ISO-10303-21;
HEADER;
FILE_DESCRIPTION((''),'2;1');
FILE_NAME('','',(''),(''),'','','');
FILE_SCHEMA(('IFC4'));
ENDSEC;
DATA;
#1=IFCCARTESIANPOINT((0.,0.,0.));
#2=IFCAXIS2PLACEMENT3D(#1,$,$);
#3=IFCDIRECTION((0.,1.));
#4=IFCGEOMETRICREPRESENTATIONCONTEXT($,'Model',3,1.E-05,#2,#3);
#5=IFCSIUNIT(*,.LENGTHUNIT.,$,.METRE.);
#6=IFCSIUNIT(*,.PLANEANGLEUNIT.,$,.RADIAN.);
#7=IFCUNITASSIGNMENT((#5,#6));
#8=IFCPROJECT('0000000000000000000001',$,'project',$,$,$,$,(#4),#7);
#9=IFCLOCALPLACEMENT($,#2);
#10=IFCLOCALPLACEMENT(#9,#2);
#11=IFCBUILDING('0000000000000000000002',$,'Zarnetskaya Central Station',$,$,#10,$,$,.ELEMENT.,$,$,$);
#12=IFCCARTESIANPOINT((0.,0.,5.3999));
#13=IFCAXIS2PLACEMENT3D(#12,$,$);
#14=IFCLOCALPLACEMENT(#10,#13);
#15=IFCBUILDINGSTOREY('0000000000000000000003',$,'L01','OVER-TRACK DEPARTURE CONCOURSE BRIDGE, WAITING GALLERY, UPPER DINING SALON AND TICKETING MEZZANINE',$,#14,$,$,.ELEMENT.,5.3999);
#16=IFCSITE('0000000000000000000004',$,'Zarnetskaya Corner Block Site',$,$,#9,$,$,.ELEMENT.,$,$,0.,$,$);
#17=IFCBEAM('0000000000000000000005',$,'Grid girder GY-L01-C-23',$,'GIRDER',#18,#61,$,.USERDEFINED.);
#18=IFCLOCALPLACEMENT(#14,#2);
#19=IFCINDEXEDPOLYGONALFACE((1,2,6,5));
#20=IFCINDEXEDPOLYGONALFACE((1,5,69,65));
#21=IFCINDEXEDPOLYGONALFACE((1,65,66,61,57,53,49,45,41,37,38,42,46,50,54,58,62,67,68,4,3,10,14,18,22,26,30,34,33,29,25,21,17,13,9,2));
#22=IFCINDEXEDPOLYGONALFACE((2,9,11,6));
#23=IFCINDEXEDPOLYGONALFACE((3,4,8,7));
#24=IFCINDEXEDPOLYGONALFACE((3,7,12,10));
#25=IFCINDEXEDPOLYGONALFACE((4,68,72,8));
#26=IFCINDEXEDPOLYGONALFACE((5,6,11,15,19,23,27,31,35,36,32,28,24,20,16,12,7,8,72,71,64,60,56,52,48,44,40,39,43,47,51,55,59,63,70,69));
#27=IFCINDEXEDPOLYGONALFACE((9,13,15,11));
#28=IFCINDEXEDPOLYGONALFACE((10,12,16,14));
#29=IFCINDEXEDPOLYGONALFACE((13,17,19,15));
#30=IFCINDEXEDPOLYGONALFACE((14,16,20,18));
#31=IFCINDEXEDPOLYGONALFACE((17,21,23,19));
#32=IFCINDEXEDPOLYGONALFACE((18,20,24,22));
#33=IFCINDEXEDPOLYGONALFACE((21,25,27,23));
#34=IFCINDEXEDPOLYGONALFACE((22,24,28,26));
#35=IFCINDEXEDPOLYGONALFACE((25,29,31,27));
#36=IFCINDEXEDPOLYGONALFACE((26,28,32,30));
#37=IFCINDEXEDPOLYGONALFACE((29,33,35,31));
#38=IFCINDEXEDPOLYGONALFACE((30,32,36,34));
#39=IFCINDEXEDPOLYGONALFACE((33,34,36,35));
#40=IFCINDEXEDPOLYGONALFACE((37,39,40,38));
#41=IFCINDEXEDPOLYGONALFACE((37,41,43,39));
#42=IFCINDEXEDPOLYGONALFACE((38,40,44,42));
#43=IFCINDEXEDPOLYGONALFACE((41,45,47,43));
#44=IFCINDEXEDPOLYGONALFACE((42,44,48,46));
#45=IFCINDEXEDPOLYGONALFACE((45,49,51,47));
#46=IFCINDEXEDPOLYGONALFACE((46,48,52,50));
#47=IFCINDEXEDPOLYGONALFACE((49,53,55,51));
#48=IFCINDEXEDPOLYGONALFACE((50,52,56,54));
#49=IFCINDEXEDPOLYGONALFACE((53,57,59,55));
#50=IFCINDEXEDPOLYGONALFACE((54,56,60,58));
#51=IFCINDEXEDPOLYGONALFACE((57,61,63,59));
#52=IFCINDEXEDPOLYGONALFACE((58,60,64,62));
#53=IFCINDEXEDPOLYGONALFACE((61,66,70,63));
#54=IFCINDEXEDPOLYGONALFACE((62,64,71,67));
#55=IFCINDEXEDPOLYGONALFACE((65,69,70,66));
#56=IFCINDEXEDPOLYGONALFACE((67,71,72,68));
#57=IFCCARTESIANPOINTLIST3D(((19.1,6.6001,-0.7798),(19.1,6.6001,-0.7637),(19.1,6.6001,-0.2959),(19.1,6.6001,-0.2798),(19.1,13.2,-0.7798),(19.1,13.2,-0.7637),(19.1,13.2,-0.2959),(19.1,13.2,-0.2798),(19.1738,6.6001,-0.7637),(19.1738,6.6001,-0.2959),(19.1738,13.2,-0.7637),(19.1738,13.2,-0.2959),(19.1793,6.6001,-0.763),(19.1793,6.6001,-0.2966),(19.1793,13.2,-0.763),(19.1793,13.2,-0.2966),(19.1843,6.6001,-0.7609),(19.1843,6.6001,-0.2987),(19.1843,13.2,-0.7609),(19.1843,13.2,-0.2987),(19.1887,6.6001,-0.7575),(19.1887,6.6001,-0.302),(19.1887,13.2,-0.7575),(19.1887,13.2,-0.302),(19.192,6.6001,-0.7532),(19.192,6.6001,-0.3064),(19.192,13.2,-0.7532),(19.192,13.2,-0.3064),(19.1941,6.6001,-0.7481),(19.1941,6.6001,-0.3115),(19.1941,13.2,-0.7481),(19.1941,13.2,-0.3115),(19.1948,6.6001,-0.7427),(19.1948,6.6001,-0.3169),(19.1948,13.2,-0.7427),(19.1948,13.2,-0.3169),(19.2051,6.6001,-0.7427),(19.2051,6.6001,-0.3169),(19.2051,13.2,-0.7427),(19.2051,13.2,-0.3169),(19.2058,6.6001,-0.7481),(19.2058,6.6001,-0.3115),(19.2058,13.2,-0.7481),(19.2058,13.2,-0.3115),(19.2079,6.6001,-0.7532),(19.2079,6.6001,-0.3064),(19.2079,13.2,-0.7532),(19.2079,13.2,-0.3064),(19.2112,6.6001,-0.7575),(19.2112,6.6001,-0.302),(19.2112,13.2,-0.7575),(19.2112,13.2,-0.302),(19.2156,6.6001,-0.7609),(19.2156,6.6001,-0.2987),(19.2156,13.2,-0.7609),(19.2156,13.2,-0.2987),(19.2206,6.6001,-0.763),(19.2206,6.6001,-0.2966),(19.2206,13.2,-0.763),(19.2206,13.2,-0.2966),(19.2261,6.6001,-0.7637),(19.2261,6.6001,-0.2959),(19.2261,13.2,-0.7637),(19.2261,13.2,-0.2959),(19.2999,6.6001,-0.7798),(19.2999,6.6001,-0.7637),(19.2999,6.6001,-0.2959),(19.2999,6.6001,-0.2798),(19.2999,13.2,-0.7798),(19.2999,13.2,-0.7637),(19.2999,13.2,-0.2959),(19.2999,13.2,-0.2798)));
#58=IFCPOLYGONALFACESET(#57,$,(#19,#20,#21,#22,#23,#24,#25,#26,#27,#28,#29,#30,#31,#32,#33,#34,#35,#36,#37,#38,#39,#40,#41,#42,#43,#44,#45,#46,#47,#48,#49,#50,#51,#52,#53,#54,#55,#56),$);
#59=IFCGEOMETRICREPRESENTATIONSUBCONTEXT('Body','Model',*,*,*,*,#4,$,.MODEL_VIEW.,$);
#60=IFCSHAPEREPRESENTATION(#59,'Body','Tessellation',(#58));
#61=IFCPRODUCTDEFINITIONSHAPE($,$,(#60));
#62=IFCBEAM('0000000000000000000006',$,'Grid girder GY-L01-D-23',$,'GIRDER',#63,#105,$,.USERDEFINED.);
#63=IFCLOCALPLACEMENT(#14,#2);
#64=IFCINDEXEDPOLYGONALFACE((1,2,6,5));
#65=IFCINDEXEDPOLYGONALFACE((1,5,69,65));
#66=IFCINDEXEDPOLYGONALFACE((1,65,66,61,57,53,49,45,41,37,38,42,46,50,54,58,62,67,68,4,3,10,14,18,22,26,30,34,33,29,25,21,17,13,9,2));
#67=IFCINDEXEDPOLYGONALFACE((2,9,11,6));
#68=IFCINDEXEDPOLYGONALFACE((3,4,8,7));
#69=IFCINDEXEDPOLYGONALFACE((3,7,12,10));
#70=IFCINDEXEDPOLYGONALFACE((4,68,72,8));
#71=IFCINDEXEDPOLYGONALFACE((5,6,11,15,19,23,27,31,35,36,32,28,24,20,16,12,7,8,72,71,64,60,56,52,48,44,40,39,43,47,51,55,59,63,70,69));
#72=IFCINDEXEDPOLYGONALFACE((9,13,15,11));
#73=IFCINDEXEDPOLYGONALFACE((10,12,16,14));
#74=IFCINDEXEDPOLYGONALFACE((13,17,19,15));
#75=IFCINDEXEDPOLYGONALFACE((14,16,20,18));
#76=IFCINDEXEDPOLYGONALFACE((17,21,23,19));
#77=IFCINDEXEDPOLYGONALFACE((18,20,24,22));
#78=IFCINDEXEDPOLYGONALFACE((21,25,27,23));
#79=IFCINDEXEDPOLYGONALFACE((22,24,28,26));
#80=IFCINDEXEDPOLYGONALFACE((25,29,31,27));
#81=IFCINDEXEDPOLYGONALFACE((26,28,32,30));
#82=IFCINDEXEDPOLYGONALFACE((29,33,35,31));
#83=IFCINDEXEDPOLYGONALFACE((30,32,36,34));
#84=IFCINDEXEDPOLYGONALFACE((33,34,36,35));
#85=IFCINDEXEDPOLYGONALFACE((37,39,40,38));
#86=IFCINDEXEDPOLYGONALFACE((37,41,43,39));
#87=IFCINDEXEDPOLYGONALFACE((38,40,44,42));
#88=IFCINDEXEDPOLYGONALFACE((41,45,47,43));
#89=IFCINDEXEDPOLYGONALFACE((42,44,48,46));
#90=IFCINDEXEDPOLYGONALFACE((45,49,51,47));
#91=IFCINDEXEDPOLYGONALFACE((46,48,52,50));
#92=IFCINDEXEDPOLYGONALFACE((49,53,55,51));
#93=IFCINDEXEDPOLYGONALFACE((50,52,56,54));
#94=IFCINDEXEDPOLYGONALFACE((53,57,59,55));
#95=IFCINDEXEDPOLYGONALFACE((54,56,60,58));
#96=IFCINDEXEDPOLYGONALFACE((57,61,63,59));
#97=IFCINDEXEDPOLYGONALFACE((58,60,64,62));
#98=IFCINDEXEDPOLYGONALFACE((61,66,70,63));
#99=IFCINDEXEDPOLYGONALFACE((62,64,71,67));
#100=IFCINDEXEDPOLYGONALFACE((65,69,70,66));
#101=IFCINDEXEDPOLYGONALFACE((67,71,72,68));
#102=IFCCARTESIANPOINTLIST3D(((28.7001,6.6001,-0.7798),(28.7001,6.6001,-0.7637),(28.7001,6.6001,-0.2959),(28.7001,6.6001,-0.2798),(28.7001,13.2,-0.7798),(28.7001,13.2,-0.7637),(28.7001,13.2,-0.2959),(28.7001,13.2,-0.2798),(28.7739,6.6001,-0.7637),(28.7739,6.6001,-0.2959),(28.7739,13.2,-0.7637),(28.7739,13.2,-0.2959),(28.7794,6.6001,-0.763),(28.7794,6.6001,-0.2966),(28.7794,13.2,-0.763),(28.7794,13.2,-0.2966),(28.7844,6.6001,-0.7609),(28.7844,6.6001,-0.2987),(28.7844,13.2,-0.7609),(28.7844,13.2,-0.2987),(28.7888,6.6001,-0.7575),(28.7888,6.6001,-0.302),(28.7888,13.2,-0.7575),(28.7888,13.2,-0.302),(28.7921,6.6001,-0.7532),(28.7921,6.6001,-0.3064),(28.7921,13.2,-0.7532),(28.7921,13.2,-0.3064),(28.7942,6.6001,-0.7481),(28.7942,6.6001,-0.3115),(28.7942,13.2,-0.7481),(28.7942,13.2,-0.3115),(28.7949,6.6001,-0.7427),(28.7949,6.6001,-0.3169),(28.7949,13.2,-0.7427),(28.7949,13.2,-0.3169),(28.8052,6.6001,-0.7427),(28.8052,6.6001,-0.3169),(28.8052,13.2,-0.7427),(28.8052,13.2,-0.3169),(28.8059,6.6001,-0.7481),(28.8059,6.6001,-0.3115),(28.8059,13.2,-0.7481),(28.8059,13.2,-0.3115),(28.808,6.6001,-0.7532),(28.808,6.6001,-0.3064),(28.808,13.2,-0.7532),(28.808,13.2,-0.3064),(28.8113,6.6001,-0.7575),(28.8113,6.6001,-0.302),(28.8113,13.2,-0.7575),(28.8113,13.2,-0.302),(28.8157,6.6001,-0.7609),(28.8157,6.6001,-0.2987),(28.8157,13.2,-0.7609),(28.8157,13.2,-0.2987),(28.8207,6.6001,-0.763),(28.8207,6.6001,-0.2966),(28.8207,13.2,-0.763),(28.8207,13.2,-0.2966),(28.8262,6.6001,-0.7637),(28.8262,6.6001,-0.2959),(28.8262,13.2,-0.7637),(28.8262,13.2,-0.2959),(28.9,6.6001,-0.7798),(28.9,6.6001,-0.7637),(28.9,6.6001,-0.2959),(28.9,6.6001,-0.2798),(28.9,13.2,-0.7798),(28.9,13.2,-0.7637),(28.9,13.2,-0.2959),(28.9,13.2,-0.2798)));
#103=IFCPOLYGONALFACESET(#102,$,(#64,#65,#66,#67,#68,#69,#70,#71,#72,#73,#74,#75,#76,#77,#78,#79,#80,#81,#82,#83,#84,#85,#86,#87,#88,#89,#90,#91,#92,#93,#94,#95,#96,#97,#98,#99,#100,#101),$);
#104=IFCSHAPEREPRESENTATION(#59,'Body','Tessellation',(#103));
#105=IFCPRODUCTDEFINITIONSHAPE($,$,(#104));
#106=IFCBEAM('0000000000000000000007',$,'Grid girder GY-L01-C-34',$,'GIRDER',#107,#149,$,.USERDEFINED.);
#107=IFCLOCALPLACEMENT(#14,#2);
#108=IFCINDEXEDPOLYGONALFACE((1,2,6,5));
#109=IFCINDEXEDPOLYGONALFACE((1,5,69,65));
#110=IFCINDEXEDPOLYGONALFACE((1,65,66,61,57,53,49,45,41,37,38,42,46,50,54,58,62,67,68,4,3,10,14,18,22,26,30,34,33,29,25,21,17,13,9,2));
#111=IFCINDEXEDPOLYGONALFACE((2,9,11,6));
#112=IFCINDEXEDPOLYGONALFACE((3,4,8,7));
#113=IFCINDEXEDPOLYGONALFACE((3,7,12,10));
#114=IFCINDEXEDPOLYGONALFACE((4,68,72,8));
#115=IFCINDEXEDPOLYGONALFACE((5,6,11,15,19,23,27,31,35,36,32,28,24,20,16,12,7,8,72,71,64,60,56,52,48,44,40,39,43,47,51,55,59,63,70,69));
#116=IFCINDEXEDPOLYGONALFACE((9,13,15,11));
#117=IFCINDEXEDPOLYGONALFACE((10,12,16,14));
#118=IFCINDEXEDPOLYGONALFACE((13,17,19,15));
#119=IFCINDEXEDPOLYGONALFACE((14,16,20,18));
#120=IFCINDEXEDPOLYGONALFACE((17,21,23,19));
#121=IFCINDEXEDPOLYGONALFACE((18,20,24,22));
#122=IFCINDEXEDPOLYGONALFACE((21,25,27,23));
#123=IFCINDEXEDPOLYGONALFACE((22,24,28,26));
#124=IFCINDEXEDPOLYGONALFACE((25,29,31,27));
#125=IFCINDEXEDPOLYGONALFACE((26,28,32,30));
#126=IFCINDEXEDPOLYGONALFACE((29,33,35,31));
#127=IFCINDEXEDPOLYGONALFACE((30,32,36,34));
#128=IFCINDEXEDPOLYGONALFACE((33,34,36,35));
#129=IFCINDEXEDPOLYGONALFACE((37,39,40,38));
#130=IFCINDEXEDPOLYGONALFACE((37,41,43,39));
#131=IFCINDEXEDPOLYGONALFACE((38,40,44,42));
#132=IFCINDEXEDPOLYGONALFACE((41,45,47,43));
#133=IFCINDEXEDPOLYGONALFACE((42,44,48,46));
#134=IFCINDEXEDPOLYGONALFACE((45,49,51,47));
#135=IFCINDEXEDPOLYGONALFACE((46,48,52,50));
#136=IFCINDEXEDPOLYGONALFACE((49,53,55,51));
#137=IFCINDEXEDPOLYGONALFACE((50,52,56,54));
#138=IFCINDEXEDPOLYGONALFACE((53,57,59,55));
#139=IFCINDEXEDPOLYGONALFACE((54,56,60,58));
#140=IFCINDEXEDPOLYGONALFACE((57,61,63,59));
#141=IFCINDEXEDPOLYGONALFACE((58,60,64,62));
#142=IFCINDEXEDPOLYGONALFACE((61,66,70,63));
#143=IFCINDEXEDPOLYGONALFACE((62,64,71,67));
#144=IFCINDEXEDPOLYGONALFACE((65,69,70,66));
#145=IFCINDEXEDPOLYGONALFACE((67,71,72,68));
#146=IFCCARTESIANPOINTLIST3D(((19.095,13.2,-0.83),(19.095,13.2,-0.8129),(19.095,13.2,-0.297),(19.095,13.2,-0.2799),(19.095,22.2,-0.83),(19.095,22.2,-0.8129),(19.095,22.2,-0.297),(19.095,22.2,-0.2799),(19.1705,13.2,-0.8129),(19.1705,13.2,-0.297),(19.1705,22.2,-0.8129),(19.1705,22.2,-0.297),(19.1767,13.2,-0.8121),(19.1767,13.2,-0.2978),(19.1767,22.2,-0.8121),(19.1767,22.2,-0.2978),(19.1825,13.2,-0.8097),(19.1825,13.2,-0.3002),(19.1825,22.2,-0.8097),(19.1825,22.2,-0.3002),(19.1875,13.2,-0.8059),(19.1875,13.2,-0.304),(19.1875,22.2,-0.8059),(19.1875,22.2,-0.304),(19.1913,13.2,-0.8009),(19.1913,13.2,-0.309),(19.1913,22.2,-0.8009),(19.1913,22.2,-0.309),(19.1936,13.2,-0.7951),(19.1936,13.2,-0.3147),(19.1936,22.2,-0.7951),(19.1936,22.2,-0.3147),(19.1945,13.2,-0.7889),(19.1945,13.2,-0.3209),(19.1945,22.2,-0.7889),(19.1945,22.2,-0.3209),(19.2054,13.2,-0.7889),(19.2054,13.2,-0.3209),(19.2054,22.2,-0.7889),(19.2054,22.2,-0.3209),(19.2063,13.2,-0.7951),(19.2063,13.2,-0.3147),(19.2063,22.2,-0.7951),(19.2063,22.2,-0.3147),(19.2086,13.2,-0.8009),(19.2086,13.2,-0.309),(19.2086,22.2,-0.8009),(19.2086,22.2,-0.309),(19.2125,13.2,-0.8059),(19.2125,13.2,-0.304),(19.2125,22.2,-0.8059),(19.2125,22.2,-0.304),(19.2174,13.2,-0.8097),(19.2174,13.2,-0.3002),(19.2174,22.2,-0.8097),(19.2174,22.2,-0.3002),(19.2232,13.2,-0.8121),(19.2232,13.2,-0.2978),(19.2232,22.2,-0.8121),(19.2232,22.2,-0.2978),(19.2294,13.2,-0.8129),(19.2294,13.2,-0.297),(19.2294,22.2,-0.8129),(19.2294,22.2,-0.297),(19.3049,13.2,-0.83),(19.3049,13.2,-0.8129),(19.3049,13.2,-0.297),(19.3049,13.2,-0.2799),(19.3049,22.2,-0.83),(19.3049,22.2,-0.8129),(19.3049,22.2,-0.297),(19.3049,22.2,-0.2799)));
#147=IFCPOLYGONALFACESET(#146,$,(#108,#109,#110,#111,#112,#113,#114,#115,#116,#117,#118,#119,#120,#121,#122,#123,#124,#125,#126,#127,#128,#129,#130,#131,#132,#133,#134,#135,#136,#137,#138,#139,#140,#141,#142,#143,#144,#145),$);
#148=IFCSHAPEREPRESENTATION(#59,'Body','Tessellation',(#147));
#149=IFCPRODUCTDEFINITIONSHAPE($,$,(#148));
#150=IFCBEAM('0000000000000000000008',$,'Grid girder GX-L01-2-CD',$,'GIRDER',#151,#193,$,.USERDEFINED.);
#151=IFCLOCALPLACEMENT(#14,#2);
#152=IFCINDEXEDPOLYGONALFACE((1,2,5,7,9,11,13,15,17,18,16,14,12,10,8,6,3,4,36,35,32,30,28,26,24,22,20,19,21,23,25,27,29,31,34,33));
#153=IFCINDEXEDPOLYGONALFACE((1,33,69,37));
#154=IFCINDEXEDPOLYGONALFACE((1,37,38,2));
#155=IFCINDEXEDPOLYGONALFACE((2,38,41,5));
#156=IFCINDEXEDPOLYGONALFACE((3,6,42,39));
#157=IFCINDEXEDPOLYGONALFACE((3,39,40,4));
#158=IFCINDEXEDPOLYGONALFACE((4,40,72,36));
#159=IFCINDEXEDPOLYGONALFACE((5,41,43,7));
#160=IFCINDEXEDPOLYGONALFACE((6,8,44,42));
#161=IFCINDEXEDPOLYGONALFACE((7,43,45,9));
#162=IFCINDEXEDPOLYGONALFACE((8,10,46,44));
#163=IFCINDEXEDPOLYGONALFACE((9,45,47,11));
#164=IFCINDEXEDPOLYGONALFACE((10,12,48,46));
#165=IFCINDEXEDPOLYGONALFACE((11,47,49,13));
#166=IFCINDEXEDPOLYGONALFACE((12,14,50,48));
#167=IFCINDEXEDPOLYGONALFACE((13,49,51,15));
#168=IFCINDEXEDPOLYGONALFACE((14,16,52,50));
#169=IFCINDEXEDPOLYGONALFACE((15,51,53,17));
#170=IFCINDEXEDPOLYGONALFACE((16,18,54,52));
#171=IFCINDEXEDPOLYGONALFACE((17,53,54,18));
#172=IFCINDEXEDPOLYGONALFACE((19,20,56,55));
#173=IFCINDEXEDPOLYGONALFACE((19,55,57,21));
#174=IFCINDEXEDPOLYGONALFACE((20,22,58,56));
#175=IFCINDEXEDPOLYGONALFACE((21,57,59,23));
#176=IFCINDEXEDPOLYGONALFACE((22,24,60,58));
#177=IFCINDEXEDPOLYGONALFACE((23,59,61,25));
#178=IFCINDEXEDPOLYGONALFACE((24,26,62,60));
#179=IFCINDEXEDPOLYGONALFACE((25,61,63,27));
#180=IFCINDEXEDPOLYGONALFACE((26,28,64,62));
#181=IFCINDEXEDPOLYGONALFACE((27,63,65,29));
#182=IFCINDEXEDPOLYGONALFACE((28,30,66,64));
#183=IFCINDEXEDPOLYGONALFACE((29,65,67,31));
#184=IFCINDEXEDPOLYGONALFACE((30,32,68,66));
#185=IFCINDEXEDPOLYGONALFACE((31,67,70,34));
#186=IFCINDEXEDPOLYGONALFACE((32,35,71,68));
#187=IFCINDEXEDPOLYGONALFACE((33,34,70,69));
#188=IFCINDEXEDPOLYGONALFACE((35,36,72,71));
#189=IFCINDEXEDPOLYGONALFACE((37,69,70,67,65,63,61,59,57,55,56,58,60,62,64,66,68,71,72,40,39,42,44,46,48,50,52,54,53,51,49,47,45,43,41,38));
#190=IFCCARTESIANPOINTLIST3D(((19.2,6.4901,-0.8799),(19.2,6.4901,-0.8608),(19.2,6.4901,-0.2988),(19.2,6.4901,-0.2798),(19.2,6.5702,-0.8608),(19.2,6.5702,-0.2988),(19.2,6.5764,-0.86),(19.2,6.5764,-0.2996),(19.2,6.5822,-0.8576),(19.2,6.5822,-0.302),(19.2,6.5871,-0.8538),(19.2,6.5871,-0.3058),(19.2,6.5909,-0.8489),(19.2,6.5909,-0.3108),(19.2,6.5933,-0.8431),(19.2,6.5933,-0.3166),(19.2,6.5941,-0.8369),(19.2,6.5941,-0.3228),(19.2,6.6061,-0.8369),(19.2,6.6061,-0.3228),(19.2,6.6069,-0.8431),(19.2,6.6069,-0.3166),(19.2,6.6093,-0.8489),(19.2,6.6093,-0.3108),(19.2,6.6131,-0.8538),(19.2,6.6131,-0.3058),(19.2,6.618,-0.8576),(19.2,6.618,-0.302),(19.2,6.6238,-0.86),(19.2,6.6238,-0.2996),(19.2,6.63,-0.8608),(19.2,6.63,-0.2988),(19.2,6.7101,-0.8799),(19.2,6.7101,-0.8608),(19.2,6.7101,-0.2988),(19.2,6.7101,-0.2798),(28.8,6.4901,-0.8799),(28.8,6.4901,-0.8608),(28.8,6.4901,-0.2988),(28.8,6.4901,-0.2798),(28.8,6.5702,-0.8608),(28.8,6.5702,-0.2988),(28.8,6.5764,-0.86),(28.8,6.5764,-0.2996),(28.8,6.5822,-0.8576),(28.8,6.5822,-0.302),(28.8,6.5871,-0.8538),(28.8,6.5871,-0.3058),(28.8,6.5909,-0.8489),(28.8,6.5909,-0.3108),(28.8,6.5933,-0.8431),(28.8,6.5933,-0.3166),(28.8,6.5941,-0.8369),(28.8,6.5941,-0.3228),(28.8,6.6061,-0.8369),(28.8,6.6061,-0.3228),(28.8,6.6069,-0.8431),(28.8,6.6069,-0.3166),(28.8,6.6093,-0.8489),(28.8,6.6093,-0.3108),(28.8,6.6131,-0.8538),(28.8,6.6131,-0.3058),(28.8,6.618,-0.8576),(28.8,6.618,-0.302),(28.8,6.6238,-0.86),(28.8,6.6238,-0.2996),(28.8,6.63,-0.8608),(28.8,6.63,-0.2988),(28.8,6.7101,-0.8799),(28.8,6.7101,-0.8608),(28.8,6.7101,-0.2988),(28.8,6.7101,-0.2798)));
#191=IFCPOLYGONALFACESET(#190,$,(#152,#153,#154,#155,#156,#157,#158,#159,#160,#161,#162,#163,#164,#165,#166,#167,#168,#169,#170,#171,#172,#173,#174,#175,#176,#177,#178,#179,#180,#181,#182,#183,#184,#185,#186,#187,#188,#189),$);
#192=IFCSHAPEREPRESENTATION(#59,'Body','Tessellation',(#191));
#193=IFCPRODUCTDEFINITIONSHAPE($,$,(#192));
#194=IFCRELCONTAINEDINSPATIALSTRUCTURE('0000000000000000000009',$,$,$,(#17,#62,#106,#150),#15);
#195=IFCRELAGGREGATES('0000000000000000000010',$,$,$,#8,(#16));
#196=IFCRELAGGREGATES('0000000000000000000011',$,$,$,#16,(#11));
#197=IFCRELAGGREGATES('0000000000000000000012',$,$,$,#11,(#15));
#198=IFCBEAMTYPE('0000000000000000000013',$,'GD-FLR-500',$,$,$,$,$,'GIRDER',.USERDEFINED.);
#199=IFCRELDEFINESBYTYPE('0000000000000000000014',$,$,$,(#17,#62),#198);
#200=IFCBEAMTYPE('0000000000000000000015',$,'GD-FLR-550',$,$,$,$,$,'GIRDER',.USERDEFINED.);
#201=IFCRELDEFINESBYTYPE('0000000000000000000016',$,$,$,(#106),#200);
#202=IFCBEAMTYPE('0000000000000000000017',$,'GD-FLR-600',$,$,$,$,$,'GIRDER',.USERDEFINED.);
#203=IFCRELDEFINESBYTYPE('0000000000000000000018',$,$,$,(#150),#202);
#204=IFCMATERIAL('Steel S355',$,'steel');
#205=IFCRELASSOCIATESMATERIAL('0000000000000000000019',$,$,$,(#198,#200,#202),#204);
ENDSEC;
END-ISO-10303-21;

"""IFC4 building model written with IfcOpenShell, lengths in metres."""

from ifc_helpers import new_model, si_unit, direction, frame, origin, origin_2d, place, context, subcontext, project, spatial, i_section, extrude, material, material_profile, profile_set, type_object, element, save


model = new_model("IFC4")

# Units and contexts
model_context = context("Model", 3, precision=1e-05, world=origin(), true_north=direction((0.0, 1.0)))
body_context = subcontext(model_context, "Body", "Model", "MODEL_VIEW")
ifc_project = project(units=[si_unit("LENGTHUNIT", "METRE"), si_unit("PLANEANGLEUNIT", "RADIAN")], contexts=[model_context])

# Site, building, storey
site_placement = place(None, origin())
site = spatial("IfcSite", under=ifc_project, at=site_placement, Name="Zarnetskaya Corner Block Site", CompositionType="ELEMENT", RefElevation=0.0)
building_placement = place(site_placement, origin())
building = spatial("IfcBuilding", under=site, at=building_placement, Name="Zarnetskaya Central Station", CompositionType="ELEMENT")
storey_placement = place(building_placement, frame((0.0, 0.0, 5.3999)))
storey = spatial("IfcBuildingStorey", under=building, at=storey_placement, Name="L01", Description="OVER-TRACK DEPARTURE CONCOURSE BRIDGE, WAITING GALLERY, UPPER DINING SALON AND TICKETING MEZZANINE", CompositionType="ELEMENT", Elevation=5.3999)

# Shared definitions
ifc_material_1 = material(Name="Steel S355", Category="steel")

# Beams
ifc_material_profile_1 = material_profile(ifc_material_1, i_section(OverallWidth=0.2, OverallDepth=0.5, WebThickness=0.0103, FlangeThickness=0.0161, FilletRadius=0.021, at=origin_2d()), Name="IPE 500")
ifc_profile_set_1 = profile_set([ifc_material_profile_1], Name="Steel S355")
beam_type_1 = type_object("IfcBeamType", Name="GD-FLR-500", ElementType="GIRDER", PredefinedType="USERDEFINED", material=ifc_profile_set_1)
for number, where, z_axis, x_axis, name in (
    (1, (19.2, 6.6001, -0.5298), (0.0, 1.0, 0.0), (-1.0, 0.0, 0.0), "Grid girder GY-L01-C-23"),
    (2, (28.8, 6.6001, -0.5298), (0.0, 1.0, 0.0), (-1.0, 0.0, 0.0), "Grid girder GY-L01-D-23"),
):
    element("IfcBeam", number, at=place(storey_placement, frame(where, z_axis=z_axis, x_axis=x_axis)), inside=storey, type_object=beam_type_1, Name=name, ObjectType="GIRDER", PredefinedType="USERDEFINED", context=body_context, shape_type="SweptSolid", body=[
        extrude(i_section(OverallWidth=0.2, OverallDepth=0.5, WebThickness=0.0103, FlangeThickness=0.0161, FilletRadius=0.021, at=origin_2d()), origin(), (0.0, 0.0, 1.0), 6.5999),
    ])
ifc_material_profile_2 = material_profile(ifc_material_1, i_section(OverallWidth=0.21, OverallDepth=0.55, WebThickness=0.011, FlangeThickness=0.0171, FilletRadius=0.0239, at=origin_2d()), Name="IPE 550")
ifc_profile_set_2 = profile_set([ifc_material_profile_2], Name="Steel S355")
beam_type_2 = type_object("IfcBeamType", Name="GD-FLR-550", ElementType="GIRDER", PredefinedType="USERDEFINED", material=ifc_profile_set_2)
beam_placement = place(storey_placement, frame((19.2, 13.2, -0.5549), z_axis=(0.0, 1.0, 0.0), x_axis=(-1.0, 0.0, 0.0)))
element("IfcBeam", 3, at=beam_placement, inside=storey, type_object=beam_type_2, Name="Grid girder GY-L01-C-34", ObjectType="GIRDER", PredefinedType="USERDEFINED", context=body_context, shape_type="SweptSolid", body=[
    extrude(i_section(OverallWidth=0.21, OverallDepth=0.55, WebThickness=0.011, FlangeThickness=0.0171, FilletRadius=0.0239, at=origin_2d()), origin(), (0.0, 0.0, 1.0), 9.0),
])
ifc_material_profile_3 = material_profile(ifc_material_1, i_section(OverallWidth=0.22, OverallDepth=0.6001, WebThickness=0.012, FlangeThickness=0.019, FilletRadius=0.0239, at=origin_2d()), Name="IPE 600")
ifc_profile_set_3 = profile_set([ifc_material_profile_3], Name="Steel S355")
beam_type_3 = type_object("IfcBeamType", Name="GD-FLR-600", ElementType="GIRDER", PredefinedType="USERDEFINED", material=ifc_profile_set_3)
for number, where, z_axis, x_axis, name in (
    (4, (19.2, 6.6001, -0.5798), (1.0, 0.0, 0.0), (0.0, 1.0, 0.0), "Grid girder GX-L01-2-CD"),
):
    element("IfcBeam", number, at=place(storey_placement, frame(where, z_axis=z_axis, x_axis=x_axis)), inside=storey, type_object=beam_type_3, Name=name, ObjectType="GIRDER", PredefinedType="USERDEFINED", context=body_context, shape_type="SweptSolid", body=[
        extrude(i_section(OverallWidth=0.22, OverallDepth=0.6001, WebThickness=0.012, FlangeThickness=0.019, FilletRadius=0.0239, at=origin_2d()), origin(), (0.0, 0.0, 1.0), 9.6001),
    ])

save(model, "model.ifc")
